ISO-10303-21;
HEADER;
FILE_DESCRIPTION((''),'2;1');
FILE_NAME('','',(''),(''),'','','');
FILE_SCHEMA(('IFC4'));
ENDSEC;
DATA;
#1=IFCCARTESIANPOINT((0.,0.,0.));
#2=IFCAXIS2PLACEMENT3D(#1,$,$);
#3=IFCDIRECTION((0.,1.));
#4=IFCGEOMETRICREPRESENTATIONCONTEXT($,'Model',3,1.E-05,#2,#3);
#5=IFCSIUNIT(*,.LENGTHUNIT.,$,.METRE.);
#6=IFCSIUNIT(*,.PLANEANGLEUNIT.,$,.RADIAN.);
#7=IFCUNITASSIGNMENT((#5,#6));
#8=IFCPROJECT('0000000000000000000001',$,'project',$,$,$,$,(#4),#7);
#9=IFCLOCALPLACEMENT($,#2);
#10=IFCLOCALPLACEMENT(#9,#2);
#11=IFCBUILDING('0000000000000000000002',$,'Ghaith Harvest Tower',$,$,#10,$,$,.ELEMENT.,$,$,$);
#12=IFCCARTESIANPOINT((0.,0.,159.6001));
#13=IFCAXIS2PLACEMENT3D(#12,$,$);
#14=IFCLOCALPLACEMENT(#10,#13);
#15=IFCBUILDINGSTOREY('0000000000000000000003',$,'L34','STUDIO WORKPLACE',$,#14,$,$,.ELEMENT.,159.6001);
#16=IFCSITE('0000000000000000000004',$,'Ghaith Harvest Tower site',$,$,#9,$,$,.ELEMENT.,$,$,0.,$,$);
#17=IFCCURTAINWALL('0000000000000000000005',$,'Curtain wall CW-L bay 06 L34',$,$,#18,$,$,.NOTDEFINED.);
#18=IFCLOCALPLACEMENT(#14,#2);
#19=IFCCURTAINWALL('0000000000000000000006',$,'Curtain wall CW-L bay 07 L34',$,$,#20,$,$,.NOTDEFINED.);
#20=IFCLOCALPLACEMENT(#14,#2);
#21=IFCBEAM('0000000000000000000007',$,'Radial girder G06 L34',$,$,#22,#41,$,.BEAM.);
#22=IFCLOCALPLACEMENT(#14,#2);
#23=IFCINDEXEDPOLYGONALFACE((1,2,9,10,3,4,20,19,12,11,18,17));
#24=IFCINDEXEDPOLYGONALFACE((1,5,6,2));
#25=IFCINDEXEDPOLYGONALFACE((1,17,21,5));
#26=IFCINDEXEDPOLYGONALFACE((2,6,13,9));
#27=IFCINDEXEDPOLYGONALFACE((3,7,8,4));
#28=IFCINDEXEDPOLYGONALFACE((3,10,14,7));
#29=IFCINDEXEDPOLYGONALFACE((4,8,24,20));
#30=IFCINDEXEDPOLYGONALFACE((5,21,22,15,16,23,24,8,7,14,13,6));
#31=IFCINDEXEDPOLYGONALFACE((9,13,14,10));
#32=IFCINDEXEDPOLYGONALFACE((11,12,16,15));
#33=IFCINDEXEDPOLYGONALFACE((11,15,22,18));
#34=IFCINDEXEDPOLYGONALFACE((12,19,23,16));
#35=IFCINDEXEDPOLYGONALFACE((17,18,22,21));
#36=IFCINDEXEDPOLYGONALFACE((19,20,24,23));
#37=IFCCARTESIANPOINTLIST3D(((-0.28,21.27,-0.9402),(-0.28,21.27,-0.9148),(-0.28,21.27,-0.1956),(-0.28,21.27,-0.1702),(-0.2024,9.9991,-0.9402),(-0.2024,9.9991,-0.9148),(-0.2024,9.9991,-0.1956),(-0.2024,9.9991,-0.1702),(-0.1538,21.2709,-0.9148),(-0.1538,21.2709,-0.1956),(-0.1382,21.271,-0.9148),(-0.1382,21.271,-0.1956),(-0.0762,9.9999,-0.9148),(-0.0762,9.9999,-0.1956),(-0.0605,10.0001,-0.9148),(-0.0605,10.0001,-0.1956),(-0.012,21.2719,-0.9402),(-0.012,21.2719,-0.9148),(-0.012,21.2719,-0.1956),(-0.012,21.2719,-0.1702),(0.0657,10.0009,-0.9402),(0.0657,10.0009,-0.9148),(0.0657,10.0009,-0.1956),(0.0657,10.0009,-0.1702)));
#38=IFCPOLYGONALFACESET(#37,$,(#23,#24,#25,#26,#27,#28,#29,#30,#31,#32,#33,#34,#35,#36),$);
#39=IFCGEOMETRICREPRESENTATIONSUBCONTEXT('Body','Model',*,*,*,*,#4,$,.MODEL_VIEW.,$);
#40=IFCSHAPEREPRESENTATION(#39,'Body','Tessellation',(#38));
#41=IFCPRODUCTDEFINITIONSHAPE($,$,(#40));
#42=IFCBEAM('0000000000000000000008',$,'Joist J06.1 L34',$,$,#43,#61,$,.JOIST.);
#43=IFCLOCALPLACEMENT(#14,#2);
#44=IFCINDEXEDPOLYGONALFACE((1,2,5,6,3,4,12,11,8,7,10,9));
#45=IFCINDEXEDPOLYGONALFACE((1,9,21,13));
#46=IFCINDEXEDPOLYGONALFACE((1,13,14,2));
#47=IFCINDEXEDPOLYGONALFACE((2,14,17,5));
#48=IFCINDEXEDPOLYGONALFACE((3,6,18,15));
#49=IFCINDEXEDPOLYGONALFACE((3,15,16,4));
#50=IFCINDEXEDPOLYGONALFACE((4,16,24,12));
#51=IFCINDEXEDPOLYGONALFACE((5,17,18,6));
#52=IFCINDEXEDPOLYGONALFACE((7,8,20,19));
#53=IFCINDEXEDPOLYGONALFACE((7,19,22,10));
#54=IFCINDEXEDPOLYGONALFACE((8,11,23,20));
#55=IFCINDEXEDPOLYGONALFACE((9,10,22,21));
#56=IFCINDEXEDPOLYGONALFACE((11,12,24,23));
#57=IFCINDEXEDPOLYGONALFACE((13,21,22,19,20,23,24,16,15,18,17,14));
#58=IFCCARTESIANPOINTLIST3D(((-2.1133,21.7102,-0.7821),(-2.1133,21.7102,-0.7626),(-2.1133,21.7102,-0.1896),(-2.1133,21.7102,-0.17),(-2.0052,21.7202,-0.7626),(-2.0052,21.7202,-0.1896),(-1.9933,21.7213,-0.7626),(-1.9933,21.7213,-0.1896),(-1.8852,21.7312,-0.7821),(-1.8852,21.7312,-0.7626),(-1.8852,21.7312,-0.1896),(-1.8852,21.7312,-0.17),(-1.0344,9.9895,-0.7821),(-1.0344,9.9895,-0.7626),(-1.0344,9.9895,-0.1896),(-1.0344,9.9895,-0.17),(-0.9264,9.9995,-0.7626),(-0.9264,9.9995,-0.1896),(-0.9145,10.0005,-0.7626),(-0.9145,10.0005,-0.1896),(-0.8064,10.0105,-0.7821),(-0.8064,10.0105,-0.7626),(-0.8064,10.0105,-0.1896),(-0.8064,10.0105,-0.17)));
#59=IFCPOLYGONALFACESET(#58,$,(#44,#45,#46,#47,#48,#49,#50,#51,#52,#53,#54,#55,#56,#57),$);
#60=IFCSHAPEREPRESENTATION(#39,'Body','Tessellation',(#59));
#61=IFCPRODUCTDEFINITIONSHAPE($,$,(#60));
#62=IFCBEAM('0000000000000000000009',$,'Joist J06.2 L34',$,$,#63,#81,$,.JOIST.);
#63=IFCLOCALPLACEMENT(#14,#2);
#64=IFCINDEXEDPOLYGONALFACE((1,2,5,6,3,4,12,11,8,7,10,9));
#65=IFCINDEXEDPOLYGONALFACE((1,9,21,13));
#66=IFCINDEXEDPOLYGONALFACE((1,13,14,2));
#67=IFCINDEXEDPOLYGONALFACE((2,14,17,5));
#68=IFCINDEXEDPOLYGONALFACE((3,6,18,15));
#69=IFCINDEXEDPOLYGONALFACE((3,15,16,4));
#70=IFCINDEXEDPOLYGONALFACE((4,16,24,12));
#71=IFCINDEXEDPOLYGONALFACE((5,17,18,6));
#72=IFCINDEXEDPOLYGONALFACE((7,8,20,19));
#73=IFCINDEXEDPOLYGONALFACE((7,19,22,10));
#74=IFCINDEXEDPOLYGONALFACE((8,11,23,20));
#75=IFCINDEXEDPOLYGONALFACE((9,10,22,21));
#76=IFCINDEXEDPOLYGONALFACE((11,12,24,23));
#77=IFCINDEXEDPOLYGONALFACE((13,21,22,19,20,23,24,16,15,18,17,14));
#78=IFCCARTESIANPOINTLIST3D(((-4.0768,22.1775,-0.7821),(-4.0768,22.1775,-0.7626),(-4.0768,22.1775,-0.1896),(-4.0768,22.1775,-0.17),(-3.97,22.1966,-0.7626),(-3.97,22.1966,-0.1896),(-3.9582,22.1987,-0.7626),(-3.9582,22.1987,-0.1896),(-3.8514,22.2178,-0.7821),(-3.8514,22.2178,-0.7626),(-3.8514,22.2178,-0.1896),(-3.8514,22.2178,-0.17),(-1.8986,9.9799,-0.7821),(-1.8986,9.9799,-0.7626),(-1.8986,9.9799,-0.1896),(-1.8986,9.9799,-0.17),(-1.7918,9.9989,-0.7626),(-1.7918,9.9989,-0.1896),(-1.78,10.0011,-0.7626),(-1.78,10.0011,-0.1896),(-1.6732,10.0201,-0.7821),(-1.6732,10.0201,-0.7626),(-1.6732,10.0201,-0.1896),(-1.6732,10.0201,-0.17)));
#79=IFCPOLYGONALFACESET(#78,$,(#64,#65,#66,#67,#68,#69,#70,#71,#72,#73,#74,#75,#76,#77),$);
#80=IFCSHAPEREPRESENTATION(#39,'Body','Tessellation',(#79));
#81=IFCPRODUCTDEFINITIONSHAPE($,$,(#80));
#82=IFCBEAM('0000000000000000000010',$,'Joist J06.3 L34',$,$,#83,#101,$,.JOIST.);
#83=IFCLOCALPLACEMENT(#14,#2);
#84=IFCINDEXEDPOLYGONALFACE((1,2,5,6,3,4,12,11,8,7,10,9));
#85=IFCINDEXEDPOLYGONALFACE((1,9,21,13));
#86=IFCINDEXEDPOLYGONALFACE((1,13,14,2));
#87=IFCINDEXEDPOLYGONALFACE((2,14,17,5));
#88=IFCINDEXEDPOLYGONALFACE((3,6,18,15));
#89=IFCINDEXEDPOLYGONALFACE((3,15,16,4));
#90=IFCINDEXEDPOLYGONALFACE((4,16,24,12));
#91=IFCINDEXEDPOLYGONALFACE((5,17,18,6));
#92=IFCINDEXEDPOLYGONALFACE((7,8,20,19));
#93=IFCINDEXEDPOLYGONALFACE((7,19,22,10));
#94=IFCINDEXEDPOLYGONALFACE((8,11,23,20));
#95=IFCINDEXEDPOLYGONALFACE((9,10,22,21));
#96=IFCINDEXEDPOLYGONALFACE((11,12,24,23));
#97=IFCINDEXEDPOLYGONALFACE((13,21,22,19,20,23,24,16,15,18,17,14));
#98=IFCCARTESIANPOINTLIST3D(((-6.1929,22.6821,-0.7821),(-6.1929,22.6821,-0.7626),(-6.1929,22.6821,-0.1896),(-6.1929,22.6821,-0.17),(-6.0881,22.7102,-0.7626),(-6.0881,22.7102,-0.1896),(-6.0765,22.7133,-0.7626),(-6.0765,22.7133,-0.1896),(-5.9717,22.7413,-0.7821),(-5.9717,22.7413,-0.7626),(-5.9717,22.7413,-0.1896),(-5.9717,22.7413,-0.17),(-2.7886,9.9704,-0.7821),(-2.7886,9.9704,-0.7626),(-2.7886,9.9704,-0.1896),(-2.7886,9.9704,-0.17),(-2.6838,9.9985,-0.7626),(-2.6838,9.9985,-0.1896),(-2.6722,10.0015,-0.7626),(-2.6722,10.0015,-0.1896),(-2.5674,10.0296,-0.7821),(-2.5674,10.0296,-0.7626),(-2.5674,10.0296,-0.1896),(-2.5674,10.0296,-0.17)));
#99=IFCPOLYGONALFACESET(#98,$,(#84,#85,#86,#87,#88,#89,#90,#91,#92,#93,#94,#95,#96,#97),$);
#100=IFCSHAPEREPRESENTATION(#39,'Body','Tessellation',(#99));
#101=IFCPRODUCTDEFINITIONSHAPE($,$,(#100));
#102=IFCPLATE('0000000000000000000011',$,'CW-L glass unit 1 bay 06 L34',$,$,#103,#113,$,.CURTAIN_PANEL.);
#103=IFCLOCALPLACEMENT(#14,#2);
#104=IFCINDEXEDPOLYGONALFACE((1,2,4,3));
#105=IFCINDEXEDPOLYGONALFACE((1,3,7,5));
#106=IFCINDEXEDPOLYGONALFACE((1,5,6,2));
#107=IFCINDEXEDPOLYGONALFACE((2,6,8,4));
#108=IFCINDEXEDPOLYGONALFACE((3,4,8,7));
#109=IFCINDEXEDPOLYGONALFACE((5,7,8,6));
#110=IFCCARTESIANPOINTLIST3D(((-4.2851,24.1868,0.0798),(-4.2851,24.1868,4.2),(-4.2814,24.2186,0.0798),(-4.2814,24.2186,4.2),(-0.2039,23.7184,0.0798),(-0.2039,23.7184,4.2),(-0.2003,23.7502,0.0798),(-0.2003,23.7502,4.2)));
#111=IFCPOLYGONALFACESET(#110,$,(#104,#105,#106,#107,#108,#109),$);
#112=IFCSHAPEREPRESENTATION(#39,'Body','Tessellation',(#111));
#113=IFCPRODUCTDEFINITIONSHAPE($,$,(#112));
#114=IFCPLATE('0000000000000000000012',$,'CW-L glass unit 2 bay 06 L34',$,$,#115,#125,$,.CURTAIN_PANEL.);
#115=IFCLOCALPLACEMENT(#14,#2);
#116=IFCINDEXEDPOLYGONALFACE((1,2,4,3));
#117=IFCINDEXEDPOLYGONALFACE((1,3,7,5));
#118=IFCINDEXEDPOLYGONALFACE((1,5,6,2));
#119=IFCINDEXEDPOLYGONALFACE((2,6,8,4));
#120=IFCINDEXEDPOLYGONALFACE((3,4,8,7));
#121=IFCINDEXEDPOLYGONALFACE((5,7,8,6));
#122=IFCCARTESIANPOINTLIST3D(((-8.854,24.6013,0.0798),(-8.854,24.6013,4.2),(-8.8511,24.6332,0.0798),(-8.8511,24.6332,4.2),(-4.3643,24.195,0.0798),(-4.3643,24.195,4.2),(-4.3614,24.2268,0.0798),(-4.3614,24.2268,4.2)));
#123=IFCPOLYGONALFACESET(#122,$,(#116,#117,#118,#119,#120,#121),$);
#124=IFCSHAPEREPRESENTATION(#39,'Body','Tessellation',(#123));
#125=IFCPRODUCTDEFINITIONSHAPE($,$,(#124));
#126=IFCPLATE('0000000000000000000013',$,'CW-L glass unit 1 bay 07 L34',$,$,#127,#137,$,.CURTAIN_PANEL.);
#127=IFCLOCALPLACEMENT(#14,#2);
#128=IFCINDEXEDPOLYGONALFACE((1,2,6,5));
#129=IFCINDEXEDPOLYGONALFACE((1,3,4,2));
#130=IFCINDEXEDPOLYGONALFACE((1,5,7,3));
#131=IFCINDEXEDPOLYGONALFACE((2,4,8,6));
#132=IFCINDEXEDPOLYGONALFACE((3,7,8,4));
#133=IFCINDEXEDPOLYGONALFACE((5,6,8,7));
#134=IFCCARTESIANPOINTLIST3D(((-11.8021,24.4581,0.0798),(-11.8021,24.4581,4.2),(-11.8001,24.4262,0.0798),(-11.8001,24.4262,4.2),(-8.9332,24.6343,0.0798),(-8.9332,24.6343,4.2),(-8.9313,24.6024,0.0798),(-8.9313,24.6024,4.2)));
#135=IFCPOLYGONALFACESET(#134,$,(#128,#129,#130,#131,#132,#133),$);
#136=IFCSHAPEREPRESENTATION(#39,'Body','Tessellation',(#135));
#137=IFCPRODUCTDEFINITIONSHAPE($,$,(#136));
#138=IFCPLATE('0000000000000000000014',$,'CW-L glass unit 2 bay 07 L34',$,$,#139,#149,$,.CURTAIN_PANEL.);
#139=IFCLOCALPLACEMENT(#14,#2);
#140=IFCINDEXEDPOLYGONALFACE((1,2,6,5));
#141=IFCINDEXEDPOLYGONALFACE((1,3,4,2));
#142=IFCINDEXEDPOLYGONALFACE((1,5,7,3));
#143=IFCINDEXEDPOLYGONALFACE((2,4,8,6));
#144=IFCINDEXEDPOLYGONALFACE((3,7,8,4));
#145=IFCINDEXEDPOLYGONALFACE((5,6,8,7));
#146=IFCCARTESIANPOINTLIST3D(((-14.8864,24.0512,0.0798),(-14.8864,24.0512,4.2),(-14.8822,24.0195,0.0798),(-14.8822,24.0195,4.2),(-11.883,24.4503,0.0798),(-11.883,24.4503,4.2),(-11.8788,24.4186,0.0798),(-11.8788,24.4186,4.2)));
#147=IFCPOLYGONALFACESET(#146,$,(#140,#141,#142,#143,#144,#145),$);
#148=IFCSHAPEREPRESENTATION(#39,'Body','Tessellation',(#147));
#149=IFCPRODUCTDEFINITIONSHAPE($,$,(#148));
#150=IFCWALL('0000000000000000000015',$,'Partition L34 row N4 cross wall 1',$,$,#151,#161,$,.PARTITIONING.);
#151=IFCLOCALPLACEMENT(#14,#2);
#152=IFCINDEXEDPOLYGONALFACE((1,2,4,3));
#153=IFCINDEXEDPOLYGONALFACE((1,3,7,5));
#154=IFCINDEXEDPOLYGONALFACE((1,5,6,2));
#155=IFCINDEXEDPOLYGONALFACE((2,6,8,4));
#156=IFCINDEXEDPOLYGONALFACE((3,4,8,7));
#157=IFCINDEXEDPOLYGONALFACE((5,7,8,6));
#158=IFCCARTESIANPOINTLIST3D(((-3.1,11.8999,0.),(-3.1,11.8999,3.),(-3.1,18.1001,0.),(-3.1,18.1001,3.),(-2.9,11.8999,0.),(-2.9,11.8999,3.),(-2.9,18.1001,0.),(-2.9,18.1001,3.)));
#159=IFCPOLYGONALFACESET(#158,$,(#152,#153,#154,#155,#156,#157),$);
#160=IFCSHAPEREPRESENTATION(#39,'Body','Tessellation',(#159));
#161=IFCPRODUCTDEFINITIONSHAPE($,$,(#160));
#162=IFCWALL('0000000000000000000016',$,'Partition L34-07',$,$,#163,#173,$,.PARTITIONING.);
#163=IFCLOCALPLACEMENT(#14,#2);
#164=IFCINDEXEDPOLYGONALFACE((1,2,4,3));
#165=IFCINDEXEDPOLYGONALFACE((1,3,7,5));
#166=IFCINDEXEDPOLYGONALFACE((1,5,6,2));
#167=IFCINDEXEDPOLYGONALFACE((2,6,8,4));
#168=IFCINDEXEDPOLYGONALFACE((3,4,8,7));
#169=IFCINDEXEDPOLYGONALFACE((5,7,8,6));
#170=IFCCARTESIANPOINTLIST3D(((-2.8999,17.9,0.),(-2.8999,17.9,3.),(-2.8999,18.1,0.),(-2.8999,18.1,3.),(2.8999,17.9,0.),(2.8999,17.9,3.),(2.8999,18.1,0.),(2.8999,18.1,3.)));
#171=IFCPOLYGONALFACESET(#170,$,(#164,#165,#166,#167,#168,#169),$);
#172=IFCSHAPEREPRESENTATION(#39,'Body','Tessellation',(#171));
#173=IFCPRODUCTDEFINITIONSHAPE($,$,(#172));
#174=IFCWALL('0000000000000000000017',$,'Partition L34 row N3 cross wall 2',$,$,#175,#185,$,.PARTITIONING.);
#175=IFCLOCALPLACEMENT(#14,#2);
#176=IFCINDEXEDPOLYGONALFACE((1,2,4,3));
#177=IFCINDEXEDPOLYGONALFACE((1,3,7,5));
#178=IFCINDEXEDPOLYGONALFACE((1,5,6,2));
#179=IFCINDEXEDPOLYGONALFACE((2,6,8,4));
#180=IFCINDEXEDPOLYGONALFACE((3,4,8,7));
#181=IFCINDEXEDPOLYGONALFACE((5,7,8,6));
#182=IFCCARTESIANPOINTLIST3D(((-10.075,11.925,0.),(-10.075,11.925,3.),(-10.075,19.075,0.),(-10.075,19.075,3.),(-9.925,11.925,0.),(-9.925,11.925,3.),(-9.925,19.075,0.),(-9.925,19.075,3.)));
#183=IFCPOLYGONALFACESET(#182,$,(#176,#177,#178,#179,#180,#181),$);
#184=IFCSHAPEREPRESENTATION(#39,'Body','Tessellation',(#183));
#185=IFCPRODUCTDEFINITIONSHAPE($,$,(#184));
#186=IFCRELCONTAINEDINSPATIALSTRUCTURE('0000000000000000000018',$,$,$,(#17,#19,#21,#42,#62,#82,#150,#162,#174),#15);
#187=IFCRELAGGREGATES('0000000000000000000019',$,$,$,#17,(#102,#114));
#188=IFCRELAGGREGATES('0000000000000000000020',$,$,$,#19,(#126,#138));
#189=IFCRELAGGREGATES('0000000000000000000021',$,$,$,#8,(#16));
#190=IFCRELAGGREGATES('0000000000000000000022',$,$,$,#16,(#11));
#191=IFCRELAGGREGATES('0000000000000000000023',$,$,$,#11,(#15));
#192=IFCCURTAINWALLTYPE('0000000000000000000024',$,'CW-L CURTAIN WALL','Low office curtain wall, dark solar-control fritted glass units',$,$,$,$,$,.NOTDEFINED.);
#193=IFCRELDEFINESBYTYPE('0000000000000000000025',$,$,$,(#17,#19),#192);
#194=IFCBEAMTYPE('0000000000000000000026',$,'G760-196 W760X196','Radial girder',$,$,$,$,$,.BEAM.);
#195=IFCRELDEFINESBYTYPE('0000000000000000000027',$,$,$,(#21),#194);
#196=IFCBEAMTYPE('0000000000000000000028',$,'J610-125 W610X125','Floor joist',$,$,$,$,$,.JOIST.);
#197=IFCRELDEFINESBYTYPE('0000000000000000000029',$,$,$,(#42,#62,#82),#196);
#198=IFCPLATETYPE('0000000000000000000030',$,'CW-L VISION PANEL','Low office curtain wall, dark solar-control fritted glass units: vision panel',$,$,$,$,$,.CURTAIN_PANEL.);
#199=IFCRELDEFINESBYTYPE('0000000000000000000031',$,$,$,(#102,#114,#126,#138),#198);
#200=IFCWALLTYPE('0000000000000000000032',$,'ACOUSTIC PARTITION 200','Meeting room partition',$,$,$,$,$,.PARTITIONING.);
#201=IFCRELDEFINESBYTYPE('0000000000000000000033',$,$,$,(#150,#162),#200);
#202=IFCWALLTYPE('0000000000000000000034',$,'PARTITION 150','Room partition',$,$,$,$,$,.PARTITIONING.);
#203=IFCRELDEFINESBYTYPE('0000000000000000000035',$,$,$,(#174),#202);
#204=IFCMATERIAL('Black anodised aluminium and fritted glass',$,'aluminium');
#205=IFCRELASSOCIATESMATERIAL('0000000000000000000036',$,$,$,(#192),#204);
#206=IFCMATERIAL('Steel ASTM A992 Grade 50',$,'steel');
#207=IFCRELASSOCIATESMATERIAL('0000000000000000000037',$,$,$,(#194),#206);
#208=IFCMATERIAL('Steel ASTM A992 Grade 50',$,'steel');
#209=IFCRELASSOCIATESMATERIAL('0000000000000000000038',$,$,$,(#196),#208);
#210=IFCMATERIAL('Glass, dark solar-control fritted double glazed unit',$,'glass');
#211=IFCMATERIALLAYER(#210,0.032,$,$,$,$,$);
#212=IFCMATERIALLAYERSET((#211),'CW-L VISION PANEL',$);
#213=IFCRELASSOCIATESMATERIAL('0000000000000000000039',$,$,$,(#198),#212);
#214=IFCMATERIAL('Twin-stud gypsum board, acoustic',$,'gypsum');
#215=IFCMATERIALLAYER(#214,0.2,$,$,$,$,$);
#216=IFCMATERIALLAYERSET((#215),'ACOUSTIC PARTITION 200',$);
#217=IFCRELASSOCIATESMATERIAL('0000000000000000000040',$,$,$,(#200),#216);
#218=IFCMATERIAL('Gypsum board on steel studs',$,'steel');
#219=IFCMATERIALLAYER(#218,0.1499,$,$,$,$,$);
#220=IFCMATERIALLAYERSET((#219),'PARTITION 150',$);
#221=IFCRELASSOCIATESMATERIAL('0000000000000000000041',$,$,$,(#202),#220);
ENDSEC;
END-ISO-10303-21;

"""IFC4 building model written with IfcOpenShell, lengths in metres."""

from ifc_helpers import new_model, si_unit, direction, frame, frame_2d, origin, origin_2d, place, context, subcontext, project, spatial, rectangle, i_section, extrude, material, layer, layer_set, material_profile, profile_set, type_object, element, aggregate, save


model = new_model("IFC4")

# Units and contexts
model_context = context("Model", 3, precision=1e-05, world=origin(), true_north=direction((0.0, 1.0)))
body_context = subcontext(model_context, "Body", "Model", "MODEL_VIEW")
ifc_project = project(units=[si_unit("LENGTHUNIT", "METRE"), si_unit("PLANEANGLEUNIT", "RADIAN")], contexts=[model_context])

# Site, building, storey
site_placement = place(None, origin())
site = spatial("IfcSite", under=ifc_project, at=site_placement, Name="Ghaith Harvest Tower site", CompositionType="ELEMENT", RefElevation=0.0)
building_placement = place(site_placement, origin())
building = spatial("IfcBuilding", under=site, at=building_placement, Name="Ghaith Harvest Tower", CompositionType="ELEMENT")
storey_placement = place(building_placement, frame((0.0, 0.0, 159.6001)))
storey = spatial("IfcBuildingStorey", under=building, at=storey_placement, Name="L34", Description="STUDIO WORKPLACE", CompositionType="ELEMENT", Elevation=159.6001)

# Curtain walls
ifc_material_1 = material(Name="Black anodised aluminium and fritted glass", Category="aluminium")
curtain_wall_type = type_object("IfcCurtainWallType", Name="CW-L CURTAIN WALL", Description="Low office curtain wall, dark solar-control fritted glass units", PredefinedType="NOTDEFINED", material=ifc_material_1)
curtain_wall_1_placement = place(storey_placement, origin())
curtain_wall_1 = element("IfcCurtainWall", 1, at=curtain_wall_1_placement, inside=storey, type_object=curtain_wall_type, Name="Curtain wall CW-L bay 06 L34", PredefinedType="NOTDEFINED")
curtain_wall_2_placement = place(storey_placement, origin())
curtain_wall_2 = element("IfcCurtainWall", 2, at=curtain_wall_2_placement, inside=storey, type_object=curtain_wall_type, Name="Curtain wall CW-L bay 07 L34", PredefinedType="NOTDEFINED")

# Beams
ifc_material_2 = material(Name="Steel ASTM A992 Grade 50", Category="steel")
ifc_material_profile_1 = material_profile(ifc_material_2, i_section(OverallWidth=0.2681, OverallDepth=0.77, WebThickness=0.0156, FlangeThickness=0.0254, at=origin_2d()), Name="W760X196")
ifc_profile_set_1 = profile_set([ifc_material_profile_1], Name="Steel ASTM A992 Grade 50")
beam_type_1 = type_object("IfcBeamType", Name="G760-196 W760X196", Description="Radial girder", PredefinedType="BEAM", material=ifc_profile_set_1)
beam_1_placement = place(storey_placement, frame((-0.0684, 10.0, -0.5552), z_axis=(-0.006888, 0.999976, 0.0), x_axis=(-0.999976, -0.006888, 0.0)))
element("IfcBeam", 3, at=beam_1_placement, inside=storey, type_object=beam_type_1, Name="Radial girder G06 L34", PredefinedType="BEAM", context=body_context, shape_type="SweptSolid", body=[
    extrude(i_section(OverallWidth=0.2681, OverallDepth=0.77, WebThickness=0.0156, FlangeThickness=0.0254, at=origin_2d()), origin(), (0.0, 0.0, 1.0), 11.2712),
])
ifc_material_3 = material(Name="Steel ASTM A992 Grade 50", Category="steel")
ifc_material_profile_2 = material_profile(ifc_material_3, i_section(OverallWidth=0.229, OverallDepth=0.6121, WebThickness=0.012, FlangeThickness=0.0195, at=origin_2d()), Name="W610X125")
ifc_profile_set_2 = profile_set([ifc_material_profile_2], Name="Steel ASTM A992 Grade 50")
beam_type_2 = type_object("IfcBeamType", Name="J610-125 W610X125", Description="Floor joist", PredefinedType="JOIST", material=ifc_profile_set_2)
beam_2_placement = place(storey_placement, frame((-0.9204, 10.0, -0.4761), z_axis=(-0.09166, 0.99579, 0.0), x_axis=(-0.99579, -0.09166, 0.0)))
element("IfcBeam", 4, at=beam_2_placement, inside=storey, type_object=beam_type_2, Name="Joist J06.1 L34", PredefinedType="JOIST", context=body_context, shape_type="SweptSolid", body=[
    extrude(i_section(OverallWidth=0.229, OverallDepth=0.6121, WebThickness=0.012, FlangeThickness=0.0195, at=origin_2d()), origin(), (0.0, 0.0, 1.0), 11.7703),
])
beam_3_placement = place(storey_placement, frame((-1.7859, 10.0, -0.4761), z_axis=(-0.175795, 0.984427, 0.0), x_axis=(-0.984427, -0.175795, 0.0)))
element("IfcBeam", 5, at=beam_3_placement, inside=storey, type_object=beam_type_2, Name="Joist J06.2 L34", PredefinedType="JOIST", context=body_context, shape_type="SweptSolid", body=[
    extrude(i_section(OverallWidth=0.229, OverallDepth=0.6121, WebThickness=0.012, FlangeThickness=0.0195, at=origin_2d()), origin(), (0.0, 0.0, 1.0), 12.3906),
])
beam_4_placement = place(storey_placement, frame((-2.678, 10.0, -0.4761), z_axis=(-0.258693, 0.96596, 0.0), x_axis=(-0.96596, -0.258693, 0.0)))
element("IfcBeam", 6, at=beam_4_placement, inside=storey, type_object=beam_type_2, Name="Joist J06.3 L34", PredefinedType="JOIST", context=body_context, shape_type="SweptSolid", body=[
    extrude(i_section(OverallWidth=0.229, OverallDepth=0.6121, WebThickness=0.012, FlangeThickness=0.0195, at=origin_2d()), origin(), (0.0, 0.0, 1.0), 13.1597),
])

# Plates
ifc_material_4 = material(Name="Glass, dark solar-control fritted double glazed unit", Category="glass")
ifc_layer_1 = layer(ifc_material_4, 0.032)
ifc_layer_set_1 = layer_set([ifc_layer_1], Name="CW-L VISION PANEL")
plate_type = type_object("IfcPlateType", Name="CW-L VISION PANEL", Description="Low office curtain wall, dark solar-control fritted glass units: vision panel", PredefinedType="CURTAIN_PANEL", material=ifc_layer_set_1)
plate_1_placement = place(storey_placement, frame((-2.2427, 23.9685, 0.0798), z_axis=(0.0, 0.0, 1.0), x_axis=(-0.993477, 0.114032, 0.0)))
plate_1 = element("IfcPlate", 7, at=plate_1_placement, type_object=plate_type, Name="CW-L glass unit 1 bay 06 L34", PredefinedType="CURTAIN_PANEL", context=body_context, shape_type="SweptSolid", body=[
    extrude(rectangle(XDim=4.1079, YDim=0.032, at=origin_2d()), origin(), (0.0, 0.0, 1.0), 4.1201),
])
plate_2_placement = place(storey_placement, frame((-6.6077, 24.4141, 0.0798), z_axis=(0.0, 0.0, 1.0), x_axis=(-0.995929, 0.090144, 0.0)))
plate_2 = element("IfcPlate", 8, at=plate_2_placement, type_object=plate_type, Name="CW-L glass unit 2 bay 06 L34", PredefinedType="CURTAIN_PANEL", context=body_context, shape_type="SweptSolid", body=[
    extrude(rectangle(XDim=4.5081, YDim=0.032, at=origin_2d()), origin(), (0.0, 0.0, 1.0), 4.1201),
])
aggregate(curtain_wall_1, [plate_1, plate_2])
plate_3_placement = place(storey_placement, frame((-10.3667, 24.5303, 0.0798), z_axis=(0.0, 0.0, 1.0), x_axis=(-0.998119, -0.061303, 0.0)))
plate_3 = element("IfcPlate", 9, at=plate_3_placement, type_object=plate_type, Name="CW-L glass unit 1 bay 07 L34", PredefinedType="CURTAIN_PANEL", context=body_context, shape_type="SweptSolid", body=[
    extrude(rectangle(XDim=2.8743, YDim=0.032, at=origin_2d()), origin(), (0.0, 0.0, 1.0), 4.1201),
])
plate_4_placement = place(storey_placement, frame((-13.3826, 24.2349, 0.0798), z_axis=(0.0, 0.0, 1.0), x_axis=(-0.991286, -0.131728, 0.0)))
plate_4 = element("IfcPlate", 10, at=plate_4_placement, type_object=plate_type, Name="CW-L glass unit 2 bay 07 L34", PredefinedType="CURTAIN_PANEL", context=body_context, shape_type="SweptSolid", body=[
    extrude(rectangle(XDim=3.0298, YDim=0.032, at=origin_2d()), origin(), (0.0, 0.0, 1.0), 4.1201),
])
aggregate(curtain_wall_2, [plate_3, plate_4])

# Wall
ifc_material_5 = material(Name="Twin-stud gypsum board, acoustic", Category="gypsum")
ifc_layer_2 = layer(ifc_material_5, 0.2)
ifc_layer_set_2 = layer_set([ifc_layer_2], Name="ACOUSTIC PARTITION 200")
wall_type_1 = type_object("IfcWallType", Name="ACOUSTIC PARTITION 200", Description="Meeting room partition", PredefinedType="PARTITIONING", material=ifc_layer_set_2)
wall_1_placement = place(storey_placement, frame((-3.0, 11.8999, 0.0), z_axis=(0.0, 0.0, 1.0), x_axis=(0.0, 1.0, 0.0)))
element("IfcWall", 11, at=wall_1_placement, inside=storey, type_object=wall_type_1, Name="Partition L34 row N4 cross wall 1", PredefinedType="PARTITIONING", context=body_context, shape_type="SweptSolid", body=[
    extrude(rectangle(XDim=6.2002, YDim=0.2, at=frame_2d((3.1001, 0.0))), origin(), (0.0, 0.0, 1.0), 3.0),
])

# Walls
wall_2_placement = place(storey_placement, frame((-2.8999, 18.0, 0.0), z_axis=(0.0, 0.0, 1.0), x_axis=(1.0, 0.0, 0.0)))
element("IfcWall", 12, at=wall_2_placement, inside=storey, type_object=wall_type_1, Name="Partition L34-07", PredefinedType="PARTITIONING", context=body_context, shape_type="SweptSolid", body=[
    extrude(rectangle(XDim=5.7998, YDim=0.2, at=frame_2d((2.8999, 0.0))), origin(), (0.0, 0.0, 1.0), 3.0),
])
ifc_material_6 = material(Name="Gypsum board on steel studs", Category="steel")
ifc_layer_3 = layer(ifc_material_6, 0.1499)
ifc_layer_set_3 = layer_set([ifc_layer_3], Name="PARTITION 150")
wall_type_2 = type_object("IfcWallType", Name="PARTITION 150", Description="Room partition", PredefinedType="PARTITIONING", material=ifc_layer_set_3)
for number, where, z_axis, x_axis, name in (
    (13, (-10.0, 11.925, 0.0), (0.0, 0.0, 1.0), (0.0, 1.0, 0.0), "Partition L34 row N3 cross wall 2"),
):
    element("IfcWall", number, at=place(storey_placement, frame(where, z_axis=z_axis, x_axis=x_axis)), inside=storey, type_object=wall_type_2, Name=name, PredefinedType="PARTITIONING", context=body_context, shape_type="SweptSolid", body=[
        extrude(rectangle(XDim=7.1499, YDim=0.1499, at=frame_2d((3.575, 0.0))), origin(), (0.0, 0.0, 1.0), 3.0),
    ])

save(model, "model.ifc")
